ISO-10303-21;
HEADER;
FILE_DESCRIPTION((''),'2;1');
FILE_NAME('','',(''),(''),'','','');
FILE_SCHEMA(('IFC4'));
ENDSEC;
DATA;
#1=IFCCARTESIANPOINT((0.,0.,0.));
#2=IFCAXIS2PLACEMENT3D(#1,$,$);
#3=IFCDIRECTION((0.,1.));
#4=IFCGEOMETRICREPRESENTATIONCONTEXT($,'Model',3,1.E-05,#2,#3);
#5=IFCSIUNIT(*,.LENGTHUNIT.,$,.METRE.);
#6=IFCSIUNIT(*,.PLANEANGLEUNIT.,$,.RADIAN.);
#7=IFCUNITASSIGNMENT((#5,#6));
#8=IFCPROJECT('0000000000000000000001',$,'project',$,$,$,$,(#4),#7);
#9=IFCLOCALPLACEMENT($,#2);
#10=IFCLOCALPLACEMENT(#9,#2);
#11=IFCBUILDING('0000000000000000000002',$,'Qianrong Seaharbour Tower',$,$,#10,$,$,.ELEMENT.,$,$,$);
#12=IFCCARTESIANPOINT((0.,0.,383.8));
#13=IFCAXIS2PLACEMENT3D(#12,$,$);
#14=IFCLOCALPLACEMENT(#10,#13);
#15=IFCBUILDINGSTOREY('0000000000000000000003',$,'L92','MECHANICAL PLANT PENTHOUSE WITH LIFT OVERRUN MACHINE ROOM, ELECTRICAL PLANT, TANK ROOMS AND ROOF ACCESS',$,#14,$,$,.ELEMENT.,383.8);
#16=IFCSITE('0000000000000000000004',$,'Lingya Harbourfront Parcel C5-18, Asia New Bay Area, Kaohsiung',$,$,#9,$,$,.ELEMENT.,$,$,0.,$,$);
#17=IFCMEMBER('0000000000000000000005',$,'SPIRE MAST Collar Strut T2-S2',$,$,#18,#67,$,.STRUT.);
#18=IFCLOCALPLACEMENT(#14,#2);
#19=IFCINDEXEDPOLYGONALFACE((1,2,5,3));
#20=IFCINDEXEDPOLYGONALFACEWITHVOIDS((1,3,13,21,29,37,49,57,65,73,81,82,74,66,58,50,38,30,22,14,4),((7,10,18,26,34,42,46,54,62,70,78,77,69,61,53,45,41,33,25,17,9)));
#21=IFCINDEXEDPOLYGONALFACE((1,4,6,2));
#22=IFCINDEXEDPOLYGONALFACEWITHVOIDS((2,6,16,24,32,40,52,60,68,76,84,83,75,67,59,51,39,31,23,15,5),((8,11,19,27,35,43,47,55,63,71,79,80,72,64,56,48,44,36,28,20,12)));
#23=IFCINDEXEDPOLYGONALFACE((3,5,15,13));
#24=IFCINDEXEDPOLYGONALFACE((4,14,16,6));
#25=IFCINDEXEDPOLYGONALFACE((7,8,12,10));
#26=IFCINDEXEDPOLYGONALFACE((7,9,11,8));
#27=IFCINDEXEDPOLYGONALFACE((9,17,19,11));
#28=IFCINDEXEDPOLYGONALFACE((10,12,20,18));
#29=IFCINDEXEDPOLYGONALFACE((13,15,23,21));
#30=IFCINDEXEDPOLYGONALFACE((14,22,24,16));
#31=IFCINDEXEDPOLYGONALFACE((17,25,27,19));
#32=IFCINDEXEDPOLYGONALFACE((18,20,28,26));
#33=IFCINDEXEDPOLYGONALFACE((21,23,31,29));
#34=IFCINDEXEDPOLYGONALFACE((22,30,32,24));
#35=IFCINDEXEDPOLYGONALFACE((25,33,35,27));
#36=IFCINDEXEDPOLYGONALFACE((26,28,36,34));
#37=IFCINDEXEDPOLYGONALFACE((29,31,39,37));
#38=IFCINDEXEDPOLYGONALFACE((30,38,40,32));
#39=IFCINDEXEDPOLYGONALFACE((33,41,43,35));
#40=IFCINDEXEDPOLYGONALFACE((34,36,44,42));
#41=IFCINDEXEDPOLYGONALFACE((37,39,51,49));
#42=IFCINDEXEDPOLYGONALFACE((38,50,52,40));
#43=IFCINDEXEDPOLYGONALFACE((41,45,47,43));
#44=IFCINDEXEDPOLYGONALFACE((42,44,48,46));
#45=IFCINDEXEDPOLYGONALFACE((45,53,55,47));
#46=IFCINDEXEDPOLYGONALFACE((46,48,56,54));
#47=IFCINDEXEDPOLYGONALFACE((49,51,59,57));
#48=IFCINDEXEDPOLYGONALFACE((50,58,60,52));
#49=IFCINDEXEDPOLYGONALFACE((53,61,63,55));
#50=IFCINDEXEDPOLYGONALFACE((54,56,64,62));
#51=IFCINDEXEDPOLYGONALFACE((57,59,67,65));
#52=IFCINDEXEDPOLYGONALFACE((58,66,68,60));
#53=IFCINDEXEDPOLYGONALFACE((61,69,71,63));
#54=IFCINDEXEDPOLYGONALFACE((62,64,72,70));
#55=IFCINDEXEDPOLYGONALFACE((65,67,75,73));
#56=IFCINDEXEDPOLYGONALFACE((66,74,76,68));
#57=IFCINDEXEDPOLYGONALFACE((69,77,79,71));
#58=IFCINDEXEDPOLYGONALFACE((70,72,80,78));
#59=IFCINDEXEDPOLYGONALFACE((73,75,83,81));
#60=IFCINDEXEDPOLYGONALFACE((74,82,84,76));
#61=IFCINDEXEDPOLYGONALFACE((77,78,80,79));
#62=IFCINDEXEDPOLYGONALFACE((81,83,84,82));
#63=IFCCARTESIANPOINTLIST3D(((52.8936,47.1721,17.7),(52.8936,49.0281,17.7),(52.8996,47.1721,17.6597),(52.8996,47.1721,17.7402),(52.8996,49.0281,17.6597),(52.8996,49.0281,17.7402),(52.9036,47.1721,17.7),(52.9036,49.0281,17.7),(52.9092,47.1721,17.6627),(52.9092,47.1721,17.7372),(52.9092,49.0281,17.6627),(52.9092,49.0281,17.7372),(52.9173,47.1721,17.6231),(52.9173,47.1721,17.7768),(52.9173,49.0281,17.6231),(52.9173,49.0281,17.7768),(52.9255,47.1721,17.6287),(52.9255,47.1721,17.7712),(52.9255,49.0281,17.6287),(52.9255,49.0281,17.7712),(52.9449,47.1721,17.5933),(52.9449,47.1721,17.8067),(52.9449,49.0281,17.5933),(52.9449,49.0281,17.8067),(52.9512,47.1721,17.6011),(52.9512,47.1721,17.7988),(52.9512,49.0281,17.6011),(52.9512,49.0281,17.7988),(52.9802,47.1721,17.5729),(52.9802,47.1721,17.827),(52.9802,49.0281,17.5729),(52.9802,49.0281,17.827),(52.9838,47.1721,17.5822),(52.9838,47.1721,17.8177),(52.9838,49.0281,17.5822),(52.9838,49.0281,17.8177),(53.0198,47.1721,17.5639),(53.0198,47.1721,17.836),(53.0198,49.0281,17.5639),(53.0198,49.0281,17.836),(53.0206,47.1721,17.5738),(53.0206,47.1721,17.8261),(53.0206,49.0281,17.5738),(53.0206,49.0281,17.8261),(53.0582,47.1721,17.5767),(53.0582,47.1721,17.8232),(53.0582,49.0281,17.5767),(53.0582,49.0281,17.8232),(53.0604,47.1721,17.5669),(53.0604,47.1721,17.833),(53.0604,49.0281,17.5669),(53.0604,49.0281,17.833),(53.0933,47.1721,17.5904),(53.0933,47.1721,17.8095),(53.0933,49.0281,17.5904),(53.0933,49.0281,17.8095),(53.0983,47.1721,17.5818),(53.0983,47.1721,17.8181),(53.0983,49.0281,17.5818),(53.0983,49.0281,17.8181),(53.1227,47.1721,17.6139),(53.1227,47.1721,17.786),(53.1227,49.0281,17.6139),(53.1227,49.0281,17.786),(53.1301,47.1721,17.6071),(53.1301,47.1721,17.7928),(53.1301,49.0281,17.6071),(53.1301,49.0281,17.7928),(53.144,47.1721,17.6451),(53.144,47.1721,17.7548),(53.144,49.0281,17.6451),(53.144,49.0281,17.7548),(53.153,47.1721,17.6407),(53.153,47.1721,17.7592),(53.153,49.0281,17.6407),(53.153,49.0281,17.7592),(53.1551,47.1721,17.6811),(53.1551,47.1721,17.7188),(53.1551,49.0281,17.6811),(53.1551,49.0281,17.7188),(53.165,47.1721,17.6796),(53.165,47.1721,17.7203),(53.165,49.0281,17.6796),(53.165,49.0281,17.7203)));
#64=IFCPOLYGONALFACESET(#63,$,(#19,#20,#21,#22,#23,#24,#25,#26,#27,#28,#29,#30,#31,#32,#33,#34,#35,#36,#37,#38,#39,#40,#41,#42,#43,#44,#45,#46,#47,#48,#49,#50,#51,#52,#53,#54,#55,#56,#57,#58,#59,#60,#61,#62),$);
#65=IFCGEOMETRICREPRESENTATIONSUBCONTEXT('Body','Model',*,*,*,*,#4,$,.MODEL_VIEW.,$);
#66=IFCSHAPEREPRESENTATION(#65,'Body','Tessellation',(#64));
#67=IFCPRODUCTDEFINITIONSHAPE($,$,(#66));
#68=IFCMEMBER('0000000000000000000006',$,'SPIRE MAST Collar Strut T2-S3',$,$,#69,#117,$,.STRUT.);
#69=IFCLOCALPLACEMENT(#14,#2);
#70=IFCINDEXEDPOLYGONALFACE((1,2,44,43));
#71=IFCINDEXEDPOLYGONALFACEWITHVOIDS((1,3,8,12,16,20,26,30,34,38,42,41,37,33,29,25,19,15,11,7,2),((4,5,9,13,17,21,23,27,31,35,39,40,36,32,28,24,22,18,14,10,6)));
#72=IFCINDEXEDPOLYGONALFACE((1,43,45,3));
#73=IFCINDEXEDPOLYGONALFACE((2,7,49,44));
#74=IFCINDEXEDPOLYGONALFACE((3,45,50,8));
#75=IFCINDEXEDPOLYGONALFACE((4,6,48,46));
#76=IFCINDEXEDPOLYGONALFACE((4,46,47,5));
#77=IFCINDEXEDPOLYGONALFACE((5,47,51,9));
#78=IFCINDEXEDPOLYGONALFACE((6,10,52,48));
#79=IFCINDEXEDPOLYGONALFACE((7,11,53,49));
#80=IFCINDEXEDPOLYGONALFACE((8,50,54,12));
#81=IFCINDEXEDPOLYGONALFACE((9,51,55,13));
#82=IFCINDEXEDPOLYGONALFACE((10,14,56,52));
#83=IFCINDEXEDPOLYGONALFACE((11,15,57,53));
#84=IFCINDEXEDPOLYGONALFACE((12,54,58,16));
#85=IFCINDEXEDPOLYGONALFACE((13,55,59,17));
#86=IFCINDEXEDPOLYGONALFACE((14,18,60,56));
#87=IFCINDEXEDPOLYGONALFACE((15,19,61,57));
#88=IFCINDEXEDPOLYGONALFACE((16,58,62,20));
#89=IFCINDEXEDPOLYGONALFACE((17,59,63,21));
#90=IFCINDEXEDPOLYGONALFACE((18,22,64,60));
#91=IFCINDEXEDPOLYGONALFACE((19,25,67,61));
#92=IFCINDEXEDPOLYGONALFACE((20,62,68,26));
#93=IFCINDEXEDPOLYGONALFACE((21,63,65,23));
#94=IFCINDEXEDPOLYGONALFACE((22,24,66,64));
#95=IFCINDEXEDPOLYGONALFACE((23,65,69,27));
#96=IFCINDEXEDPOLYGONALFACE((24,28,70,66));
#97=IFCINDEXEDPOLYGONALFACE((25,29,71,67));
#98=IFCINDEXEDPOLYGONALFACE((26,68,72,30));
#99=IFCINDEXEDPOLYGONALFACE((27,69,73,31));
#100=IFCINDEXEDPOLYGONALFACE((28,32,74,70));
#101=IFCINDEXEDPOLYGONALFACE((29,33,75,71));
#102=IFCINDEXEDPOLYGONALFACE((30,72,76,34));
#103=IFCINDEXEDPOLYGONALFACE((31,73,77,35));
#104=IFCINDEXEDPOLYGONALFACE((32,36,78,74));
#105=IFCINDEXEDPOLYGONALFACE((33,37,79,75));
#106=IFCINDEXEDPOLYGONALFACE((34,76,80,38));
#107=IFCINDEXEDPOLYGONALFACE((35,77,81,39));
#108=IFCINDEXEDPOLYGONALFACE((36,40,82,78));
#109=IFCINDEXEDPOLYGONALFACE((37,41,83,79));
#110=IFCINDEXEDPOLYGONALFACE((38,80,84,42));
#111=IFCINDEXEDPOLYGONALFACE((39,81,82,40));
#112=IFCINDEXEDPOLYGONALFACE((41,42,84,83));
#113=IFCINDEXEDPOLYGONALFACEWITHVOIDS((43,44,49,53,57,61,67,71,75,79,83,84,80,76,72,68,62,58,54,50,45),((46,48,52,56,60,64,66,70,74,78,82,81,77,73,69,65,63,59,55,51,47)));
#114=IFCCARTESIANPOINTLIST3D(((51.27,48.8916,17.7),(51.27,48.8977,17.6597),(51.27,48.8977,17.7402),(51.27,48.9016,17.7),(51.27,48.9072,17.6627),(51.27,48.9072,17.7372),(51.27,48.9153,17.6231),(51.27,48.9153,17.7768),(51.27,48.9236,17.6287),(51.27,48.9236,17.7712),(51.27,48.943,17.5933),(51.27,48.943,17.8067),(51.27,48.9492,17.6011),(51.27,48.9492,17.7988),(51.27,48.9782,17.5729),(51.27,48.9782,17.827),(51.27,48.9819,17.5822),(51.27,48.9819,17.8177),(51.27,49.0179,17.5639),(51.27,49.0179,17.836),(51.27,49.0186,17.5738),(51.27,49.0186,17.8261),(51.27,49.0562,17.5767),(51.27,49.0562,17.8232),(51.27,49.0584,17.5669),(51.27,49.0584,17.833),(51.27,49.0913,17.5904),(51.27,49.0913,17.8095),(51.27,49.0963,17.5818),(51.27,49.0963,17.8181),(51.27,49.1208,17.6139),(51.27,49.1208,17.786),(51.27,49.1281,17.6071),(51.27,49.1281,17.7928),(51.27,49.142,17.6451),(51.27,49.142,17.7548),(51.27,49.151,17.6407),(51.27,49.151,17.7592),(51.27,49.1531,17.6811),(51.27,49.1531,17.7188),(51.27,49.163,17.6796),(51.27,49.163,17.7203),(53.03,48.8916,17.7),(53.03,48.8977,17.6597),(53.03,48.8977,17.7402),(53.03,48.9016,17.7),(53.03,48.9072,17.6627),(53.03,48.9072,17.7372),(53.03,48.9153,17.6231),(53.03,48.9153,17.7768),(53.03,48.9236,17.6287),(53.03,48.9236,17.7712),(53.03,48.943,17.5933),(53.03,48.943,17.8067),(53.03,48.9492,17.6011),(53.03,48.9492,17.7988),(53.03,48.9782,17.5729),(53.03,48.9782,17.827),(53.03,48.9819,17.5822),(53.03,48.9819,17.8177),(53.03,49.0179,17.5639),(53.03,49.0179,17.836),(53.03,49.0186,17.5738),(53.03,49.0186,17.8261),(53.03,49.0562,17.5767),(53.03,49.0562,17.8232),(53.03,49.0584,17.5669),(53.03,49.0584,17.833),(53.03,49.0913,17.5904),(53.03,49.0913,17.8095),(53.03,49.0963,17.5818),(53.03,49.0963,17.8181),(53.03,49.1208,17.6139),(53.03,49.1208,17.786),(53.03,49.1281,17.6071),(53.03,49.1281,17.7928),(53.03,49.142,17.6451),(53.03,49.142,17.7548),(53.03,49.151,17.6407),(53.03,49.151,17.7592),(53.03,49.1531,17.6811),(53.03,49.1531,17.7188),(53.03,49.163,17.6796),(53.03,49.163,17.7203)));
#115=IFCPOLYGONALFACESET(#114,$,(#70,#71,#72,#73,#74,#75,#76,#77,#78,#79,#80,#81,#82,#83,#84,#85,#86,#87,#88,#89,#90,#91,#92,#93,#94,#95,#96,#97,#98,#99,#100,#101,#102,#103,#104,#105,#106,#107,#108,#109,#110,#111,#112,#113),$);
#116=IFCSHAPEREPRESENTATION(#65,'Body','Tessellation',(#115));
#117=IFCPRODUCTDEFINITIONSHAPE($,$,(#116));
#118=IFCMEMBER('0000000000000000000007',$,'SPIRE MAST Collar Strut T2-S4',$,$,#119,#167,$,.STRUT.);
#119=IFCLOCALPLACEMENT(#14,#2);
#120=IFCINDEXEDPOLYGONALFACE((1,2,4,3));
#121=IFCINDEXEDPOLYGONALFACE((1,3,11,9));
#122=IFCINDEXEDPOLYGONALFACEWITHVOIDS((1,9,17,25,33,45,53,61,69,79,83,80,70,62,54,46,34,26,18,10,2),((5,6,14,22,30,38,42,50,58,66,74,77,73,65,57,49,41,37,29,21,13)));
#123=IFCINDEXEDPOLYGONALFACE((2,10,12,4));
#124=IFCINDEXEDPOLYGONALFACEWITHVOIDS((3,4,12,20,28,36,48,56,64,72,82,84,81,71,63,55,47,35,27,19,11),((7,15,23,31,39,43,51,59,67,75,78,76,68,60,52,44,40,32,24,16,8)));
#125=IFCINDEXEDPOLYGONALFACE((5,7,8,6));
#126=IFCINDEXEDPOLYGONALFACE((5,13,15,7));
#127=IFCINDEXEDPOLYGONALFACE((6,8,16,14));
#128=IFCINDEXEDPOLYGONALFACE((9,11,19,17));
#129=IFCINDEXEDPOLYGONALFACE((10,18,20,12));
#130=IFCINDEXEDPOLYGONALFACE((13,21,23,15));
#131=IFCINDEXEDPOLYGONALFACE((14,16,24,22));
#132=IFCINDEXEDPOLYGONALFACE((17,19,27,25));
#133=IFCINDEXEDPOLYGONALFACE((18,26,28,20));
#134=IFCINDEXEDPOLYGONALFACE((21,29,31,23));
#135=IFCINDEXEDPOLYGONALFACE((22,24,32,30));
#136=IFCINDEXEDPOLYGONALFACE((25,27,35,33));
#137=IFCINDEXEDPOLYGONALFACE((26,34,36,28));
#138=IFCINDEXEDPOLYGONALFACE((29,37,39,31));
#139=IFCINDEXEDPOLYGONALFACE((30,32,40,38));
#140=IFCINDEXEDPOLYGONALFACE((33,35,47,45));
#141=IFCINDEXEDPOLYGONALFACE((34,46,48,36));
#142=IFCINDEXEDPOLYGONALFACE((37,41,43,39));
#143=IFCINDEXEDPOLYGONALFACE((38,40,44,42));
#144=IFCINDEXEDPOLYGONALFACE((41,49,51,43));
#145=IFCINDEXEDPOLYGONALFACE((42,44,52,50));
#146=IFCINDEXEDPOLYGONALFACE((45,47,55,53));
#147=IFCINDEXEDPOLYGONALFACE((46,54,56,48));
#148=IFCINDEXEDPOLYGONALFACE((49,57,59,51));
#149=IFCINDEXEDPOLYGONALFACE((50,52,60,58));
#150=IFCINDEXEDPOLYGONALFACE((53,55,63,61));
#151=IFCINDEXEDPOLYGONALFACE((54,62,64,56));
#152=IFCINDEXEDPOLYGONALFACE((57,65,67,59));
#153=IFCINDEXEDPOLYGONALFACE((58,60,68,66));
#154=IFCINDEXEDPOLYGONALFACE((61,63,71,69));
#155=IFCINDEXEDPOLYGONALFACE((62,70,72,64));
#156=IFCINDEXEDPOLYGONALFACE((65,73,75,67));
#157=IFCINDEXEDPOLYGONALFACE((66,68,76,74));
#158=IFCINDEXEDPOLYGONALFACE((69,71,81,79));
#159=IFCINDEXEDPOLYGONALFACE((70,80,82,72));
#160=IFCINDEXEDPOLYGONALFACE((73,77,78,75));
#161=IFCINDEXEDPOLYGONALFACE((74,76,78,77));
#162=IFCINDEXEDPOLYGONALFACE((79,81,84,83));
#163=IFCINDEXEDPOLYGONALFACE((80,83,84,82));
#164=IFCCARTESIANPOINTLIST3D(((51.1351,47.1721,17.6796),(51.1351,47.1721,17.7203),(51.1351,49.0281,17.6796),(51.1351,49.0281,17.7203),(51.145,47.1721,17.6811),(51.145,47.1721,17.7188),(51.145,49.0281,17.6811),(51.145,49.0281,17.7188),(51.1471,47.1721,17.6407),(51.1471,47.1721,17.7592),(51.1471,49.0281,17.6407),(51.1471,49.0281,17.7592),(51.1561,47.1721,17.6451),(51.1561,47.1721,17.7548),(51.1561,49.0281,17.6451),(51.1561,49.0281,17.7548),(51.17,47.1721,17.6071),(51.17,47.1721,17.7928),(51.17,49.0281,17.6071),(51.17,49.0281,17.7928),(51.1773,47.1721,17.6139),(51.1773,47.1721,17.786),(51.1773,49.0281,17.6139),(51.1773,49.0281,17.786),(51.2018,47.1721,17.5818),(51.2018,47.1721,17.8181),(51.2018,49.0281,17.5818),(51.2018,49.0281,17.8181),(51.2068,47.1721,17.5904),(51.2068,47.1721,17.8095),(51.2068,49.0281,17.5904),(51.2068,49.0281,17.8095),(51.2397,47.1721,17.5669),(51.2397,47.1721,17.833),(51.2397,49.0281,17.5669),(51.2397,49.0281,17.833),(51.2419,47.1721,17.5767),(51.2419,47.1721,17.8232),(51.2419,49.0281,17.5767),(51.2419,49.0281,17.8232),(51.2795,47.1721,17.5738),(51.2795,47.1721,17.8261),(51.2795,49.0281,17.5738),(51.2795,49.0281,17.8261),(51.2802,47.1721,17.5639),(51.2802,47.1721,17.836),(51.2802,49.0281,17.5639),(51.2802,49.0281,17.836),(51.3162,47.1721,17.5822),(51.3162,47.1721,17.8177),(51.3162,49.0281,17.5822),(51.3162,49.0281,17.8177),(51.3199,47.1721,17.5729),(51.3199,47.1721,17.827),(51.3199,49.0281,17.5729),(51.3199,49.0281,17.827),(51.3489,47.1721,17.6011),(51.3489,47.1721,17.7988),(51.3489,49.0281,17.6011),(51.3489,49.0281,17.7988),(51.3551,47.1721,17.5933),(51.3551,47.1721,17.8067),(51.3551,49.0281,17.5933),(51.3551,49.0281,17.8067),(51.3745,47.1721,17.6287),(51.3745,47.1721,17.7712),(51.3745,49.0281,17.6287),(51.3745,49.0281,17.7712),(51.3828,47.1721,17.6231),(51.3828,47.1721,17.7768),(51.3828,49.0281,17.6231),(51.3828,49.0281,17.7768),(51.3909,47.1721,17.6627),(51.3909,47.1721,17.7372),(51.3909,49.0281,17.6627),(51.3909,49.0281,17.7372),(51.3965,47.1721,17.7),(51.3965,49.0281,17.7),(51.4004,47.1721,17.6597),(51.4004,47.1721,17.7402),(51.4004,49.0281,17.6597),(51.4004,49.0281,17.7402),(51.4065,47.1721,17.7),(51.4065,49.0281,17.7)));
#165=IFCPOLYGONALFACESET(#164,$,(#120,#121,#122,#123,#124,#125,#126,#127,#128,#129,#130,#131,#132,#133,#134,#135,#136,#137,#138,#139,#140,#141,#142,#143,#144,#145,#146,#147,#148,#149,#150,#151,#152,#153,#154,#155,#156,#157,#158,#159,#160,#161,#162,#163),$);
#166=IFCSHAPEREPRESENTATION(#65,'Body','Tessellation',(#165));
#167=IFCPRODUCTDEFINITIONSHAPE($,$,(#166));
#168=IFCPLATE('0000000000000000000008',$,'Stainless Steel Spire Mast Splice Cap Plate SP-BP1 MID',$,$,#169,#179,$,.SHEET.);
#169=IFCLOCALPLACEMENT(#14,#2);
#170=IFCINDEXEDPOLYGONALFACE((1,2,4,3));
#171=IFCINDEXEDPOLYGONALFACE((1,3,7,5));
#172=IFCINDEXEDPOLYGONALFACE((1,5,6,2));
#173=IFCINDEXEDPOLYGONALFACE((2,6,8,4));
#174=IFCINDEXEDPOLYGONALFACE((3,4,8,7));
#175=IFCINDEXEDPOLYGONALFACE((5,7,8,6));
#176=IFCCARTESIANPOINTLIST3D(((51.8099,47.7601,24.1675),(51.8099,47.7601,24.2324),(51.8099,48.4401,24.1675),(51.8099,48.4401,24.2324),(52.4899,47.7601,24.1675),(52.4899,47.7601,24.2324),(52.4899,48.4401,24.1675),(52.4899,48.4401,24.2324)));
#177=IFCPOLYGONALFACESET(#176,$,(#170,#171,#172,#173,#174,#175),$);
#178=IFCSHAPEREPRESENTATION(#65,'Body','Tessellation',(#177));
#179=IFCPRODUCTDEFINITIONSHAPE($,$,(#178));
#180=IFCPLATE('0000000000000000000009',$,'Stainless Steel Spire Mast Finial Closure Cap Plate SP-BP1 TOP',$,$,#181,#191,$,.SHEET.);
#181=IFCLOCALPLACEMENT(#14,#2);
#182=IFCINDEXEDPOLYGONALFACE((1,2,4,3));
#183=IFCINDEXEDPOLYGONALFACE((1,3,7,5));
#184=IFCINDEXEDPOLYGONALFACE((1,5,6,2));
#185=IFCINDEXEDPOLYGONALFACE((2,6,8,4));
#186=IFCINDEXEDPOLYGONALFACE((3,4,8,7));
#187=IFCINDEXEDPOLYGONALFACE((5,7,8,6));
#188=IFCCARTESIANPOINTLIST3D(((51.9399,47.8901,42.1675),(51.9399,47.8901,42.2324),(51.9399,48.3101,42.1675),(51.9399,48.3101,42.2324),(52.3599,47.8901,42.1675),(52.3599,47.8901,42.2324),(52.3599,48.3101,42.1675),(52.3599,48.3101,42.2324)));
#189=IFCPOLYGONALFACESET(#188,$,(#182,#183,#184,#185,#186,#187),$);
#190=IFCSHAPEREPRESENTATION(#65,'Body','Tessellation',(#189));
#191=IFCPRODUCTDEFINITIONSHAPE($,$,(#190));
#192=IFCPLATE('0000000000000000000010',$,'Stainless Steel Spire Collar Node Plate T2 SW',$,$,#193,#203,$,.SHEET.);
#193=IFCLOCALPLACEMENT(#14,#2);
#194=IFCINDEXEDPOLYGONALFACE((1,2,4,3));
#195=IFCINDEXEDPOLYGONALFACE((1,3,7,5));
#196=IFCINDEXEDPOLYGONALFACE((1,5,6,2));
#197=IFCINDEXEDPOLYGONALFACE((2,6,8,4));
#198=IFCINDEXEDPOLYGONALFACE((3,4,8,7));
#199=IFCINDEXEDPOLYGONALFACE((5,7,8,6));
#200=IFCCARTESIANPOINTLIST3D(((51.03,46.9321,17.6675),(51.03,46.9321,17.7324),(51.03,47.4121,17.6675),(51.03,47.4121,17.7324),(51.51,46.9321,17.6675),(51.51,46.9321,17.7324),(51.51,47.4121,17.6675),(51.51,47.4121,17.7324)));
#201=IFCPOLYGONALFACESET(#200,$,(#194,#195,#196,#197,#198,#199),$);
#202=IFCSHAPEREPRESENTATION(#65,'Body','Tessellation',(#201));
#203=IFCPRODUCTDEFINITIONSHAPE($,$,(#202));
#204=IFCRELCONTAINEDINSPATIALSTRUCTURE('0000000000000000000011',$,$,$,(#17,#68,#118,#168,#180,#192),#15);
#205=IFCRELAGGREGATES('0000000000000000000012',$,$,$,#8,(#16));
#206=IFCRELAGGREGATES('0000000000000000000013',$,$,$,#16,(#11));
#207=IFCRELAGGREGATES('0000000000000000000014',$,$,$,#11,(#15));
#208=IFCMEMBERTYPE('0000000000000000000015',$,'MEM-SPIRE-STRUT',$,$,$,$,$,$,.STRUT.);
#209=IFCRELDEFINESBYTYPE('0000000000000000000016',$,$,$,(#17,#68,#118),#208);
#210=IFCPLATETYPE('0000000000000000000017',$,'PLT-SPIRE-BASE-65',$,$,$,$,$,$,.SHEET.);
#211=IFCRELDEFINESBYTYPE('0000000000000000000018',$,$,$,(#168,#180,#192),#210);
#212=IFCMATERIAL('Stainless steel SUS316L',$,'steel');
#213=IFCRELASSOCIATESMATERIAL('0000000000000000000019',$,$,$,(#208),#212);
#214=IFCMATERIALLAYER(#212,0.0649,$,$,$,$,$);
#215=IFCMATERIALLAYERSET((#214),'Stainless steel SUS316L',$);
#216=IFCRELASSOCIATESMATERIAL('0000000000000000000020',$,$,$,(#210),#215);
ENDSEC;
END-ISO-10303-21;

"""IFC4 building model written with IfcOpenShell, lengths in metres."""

from ifc_helpers import new_model, si_unit, direction, frame, origin, origin_2d, place, context, subcontext, project, spatial, rectangle, hollow_circle, extrude, material, layer, layer_set, material_profile, profile_set, type_object, element, save


model = new_model("IFC4")

# Units and contexts
model_context = context("Model", 3, precision=1e-05, world=origin(), true_north=direction((0.0, 1.0)))
body_context = subcontext(model_context, "Body", "Model", "MODEL_VIEW")
ifc_project = project(units=[si_unit("LENGTHUNIT", "METRE"), si_unit("PLANEANGLEUNIT", "RADIAN")], contexts=[model_context])

# Site, building, storey
site_placement = place(None, origin())
site = spatial("IfcSite", under=ifc_project, at=site_placement, Name="Lingya Harbourfront Parcel C5-18, Asia New Bay Area, Kaohsiung", CompositionType="ELEMENT", RefElevation=0.0)
building_placement = place(site_placement, origin())
building = spatial("IfcBuilding", under=site, at=building_placement, Name="Qianrong Seaharbour Tower", CompositionType="ELEMENT")
storey_placement = place(building_placement, frame((0.0, 0.0, 383.8)))
storey = spatial("IfcBuildingStorey", under=building, at=storey_placement, Name="L92", Description="MECHANICAL PLANT PENTHOUSE WITH LIFT OVERRUN MACHINE ROOM, ELECTRICAL PLANT, TANK ROOMS AND ROOF ACCESS", CompositionType="ELEMENT", Elevation=383.8)

# Shared definitions
ifc_material = material(Name="Stainless steel SUS316L", Category="steel")

# Members
ifc_material_profile_1 = material_profile(ifc_material, hollow_circle(Radius=0.1365, WallThickness=0.01, at=origin_2d()), Name="CHS273.0x10")
ifc_profile_set_1 = profile_set([ifc_material_profile_1], Name="Stainless steel SUS316L")
member_type_1 = type_object("IfcMemberType", Name="MEM-SPIRE-STRUT", PredefinedType="STRUT", material=ifc_profile_set_1)
member_1_placement = place(storey_placement, frame((53.03, 47.1721, 17.7), z_axis=(0.0, 1.0, 0.0), x_axis=(-1.0, 0.0, 0.0)))
element("IfcMember", 1, at=member_1_placement, inside=storey, type_object=member_type_1, Name="SPIRE MAST Collar Strut T2-S2", PredefinedType="STRUT", context=body_context, shape_type="SweptSolid", body=[
    extrude(hollow_circle(Radius=0.1365, WallThickness=0.01, at=origin_2d()), origin(), (0.0, 0.0, 1.0), 1.856),
])
member_2_placement = place(storey_placement, frame((53.03, 49.0281, 17.7), z_axis=(-1.0, 0.0, 0.0), x_axis=(0.0, -1.0, 0.0)))
element("IfcMember", 2, at=member_2_placement, inside=storey, type_object=member_type_1, Name="SPIRE MAST Collar Strut T2-S3", PredefinedType="STRUT", context=body_context, shape_type="SweptSolid", body=[
    extrude(hollow_circle(Radius=0.1365, WallThickness=0.01, at=origin_2d()), origin(), (0.0, 0.0, 1.0), 1.76),
])
member_3_placement = place(storey_placement, frame((51.27, 49.0281, 17.7), z_axis=(0.0, -1.0, 0.0), x_axis=(1.0, 0.0, 0.0)))
element("IfcMember", 3, at=member_3_placement, inside=storey, type_object=member_type_1, Name="SPIRE MAST Collar Strut T2-S4", PredefinedType="STRUT", context=body_context, shape_type="SweptSolid", body=[
    extrude(hollow_circle(Radius=0.1365, WallThickness=0.01, at=origin_2d()), origin(), (0.0, 0.0, 1.0), 1.856),
])

# Plates
ifc_layer = layer(ifc_material, 0.0649)
ifc_layer_set = layer_set([ifc_layer], Name="Stainless steel SUS316L")
plate_type = type_object("IfcPlateType", Name="PLT-SPIRE-BASE-65", PredefinedType="SHEET", material=ifc_layer_set)
plate_1_placement = place(storey_placement, frame((52.1499, 48.1001, 24.1675), z_axis=(0.0, 0.0, 1.0), x_axis=(1.0, 0.0, 0.0)))
element("IfcPlate", 4, at=plate_1_placement, inside=storey, type_object=plate_type, Name="Stainless Steel Spire Mast Splice Cap Plate SP-BP1 MID", PredefinedType="SHEET", context=body_context, shape_type="SweptSolid", body=[
    extrude(rectangle(XDim=0.6799, YDim=0.6799, at=origin_2d()), origin(), (0.0, 0.0, 1.0), 0.0649),
])
plate_2_placement = place(storey_placement, frame((52.1499, 48.1001, 42.1675), z_axis=(0.0, 0.0, 1.0), x_axis=(1.0, 0.0, 0.0)))
element("IfcPlate", 5, at=plate_2_placement, inside=storey, type_object=plate_type, Name="Stainless Steel Spire Mast Finial Closure Cap Plate SP-BP1 TOP", PredefinedType="SHEET", context=body_context, shape_type="SweptSolid", body=[
    extrude(rectangle(XDim=0.4199, YDim=0.4199, at=origin_2d()), origin(), (0.0, 0.0, 1.0), 0.0649),
])
for number, where, z_axis, x_axis, name in (
    (6, (51.27, 47.1721, 17.6675), (0.0, 0.0, 1.0), (1.0, 0.0, 0.0), "Stainless Steel Spire Collar Node Plate T2 SW"),
):
    element("IfcPlate", number, at=place(storey_placement, frame(where, z_axis=z_axis, x_axis=x_axis)), inside=storey, type_object=plate_type, Name=name, PredefinedType="SHEET", context=body_context, shape_type="SweptSolid", body=[
        extrude(rectangle(XDim=0.48, YDim=0.48, at=origin_2d()), origin(), (0.0, 0.0, 1.0), 0.0649),
    ])

save(model, "model.ifc")
